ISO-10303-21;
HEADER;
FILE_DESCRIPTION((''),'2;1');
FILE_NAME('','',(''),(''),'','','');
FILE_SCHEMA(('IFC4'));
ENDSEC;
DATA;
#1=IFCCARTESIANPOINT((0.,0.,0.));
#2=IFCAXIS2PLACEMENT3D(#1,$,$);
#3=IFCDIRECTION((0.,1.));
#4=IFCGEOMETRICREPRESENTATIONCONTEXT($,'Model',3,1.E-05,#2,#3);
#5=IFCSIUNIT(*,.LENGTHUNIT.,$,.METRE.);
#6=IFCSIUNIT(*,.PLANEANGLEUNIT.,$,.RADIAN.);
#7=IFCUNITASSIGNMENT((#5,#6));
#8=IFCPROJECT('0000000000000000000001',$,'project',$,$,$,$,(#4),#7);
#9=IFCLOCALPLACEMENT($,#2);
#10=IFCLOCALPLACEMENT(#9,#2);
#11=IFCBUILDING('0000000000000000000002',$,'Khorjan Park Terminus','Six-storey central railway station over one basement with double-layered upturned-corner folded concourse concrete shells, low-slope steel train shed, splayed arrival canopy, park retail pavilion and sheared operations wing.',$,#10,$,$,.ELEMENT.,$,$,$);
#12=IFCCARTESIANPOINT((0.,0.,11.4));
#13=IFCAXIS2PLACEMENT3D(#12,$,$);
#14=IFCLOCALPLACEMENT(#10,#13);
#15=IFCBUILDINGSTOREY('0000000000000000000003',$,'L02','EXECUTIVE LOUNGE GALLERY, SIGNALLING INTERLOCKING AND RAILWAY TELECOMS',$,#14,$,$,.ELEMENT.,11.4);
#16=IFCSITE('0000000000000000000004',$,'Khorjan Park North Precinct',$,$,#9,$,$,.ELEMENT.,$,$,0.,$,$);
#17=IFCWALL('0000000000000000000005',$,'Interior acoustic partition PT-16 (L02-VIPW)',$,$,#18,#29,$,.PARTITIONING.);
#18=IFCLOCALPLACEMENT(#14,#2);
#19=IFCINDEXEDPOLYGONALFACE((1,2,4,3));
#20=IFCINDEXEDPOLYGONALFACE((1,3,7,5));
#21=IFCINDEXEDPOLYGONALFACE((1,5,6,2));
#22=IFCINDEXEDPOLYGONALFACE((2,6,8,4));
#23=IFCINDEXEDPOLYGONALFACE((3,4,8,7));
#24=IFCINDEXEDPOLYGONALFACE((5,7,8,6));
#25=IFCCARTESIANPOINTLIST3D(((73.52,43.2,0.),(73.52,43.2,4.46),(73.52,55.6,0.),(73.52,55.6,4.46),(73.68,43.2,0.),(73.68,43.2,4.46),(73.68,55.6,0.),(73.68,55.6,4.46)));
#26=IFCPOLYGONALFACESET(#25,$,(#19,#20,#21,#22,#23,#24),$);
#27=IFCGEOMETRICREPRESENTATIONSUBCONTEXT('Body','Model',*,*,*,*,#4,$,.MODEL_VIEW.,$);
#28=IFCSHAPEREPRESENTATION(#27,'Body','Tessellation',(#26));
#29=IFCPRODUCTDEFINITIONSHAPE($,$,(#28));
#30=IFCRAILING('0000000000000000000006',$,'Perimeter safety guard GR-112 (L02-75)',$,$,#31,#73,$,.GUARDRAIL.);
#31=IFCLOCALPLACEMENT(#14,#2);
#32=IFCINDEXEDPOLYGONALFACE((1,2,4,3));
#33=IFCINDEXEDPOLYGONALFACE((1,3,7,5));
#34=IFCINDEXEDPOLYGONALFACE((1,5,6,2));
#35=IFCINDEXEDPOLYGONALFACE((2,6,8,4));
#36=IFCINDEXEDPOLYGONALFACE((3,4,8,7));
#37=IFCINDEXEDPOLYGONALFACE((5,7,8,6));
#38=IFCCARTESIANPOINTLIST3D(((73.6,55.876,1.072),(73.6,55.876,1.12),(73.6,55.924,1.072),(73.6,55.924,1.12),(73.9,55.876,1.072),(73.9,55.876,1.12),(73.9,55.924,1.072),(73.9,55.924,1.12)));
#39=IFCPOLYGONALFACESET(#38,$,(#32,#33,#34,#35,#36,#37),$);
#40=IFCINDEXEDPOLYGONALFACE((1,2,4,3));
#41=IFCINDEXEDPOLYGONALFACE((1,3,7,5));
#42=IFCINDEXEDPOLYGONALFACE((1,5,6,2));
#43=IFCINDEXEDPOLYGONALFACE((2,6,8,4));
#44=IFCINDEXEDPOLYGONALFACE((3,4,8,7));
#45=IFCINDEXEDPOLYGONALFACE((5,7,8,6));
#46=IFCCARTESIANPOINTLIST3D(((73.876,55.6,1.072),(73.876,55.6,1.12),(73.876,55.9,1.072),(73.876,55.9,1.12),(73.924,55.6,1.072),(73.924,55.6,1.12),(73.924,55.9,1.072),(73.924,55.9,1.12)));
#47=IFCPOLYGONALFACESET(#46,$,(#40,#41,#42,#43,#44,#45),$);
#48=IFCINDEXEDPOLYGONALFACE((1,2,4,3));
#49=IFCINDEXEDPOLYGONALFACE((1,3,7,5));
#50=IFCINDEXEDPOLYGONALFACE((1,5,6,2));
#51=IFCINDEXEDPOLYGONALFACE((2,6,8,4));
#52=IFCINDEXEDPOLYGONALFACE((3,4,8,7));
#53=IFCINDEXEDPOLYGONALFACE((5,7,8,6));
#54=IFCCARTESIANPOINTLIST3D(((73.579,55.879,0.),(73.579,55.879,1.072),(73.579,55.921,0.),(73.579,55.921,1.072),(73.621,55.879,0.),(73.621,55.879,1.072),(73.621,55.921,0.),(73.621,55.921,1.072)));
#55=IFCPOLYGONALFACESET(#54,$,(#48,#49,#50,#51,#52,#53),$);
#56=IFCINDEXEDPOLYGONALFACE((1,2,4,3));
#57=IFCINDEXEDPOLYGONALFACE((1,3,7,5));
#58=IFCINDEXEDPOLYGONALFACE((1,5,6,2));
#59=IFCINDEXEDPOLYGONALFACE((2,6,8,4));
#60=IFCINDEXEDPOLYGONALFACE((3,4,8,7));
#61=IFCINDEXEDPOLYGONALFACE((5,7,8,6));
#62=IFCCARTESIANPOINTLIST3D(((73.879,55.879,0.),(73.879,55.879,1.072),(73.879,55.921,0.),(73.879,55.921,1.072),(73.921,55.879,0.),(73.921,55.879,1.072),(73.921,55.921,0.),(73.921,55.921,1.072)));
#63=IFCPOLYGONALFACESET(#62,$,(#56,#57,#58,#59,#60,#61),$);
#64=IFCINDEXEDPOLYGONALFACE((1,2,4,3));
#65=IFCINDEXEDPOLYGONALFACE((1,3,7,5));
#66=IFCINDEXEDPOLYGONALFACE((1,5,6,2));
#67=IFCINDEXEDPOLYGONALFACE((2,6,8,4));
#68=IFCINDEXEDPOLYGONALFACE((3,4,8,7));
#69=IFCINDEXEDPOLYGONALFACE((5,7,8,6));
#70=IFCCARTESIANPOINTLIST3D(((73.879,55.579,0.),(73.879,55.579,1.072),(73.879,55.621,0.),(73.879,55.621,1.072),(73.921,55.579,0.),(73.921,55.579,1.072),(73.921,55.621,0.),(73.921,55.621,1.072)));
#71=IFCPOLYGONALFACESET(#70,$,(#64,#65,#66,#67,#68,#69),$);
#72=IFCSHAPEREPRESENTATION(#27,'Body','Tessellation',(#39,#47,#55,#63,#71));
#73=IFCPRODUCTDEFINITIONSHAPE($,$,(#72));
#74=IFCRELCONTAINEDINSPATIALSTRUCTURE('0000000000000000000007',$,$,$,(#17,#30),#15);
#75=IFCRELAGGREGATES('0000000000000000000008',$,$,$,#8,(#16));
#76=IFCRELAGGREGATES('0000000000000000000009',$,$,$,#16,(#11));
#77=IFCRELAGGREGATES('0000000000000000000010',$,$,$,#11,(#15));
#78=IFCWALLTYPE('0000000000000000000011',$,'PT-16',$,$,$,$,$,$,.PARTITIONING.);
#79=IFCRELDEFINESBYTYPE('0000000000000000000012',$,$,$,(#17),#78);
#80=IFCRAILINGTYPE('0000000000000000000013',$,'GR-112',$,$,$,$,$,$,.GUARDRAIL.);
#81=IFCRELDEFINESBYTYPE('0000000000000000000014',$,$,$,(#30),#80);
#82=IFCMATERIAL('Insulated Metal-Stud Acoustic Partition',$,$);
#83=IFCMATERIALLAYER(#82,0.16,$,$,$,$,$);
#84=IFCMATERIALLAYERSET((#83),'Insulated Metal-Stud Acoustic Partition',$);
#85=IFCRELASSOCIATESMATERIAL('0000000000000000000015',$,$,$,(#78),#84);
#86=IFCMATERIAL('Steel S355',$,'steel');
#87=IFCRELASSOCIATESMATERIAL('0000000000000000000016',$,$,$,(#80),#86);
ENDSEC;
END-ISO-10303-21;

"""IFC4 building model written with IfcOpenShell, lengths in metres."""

from ifc_helpers import new_model, si_unit, direction, frame, frame_2d, origin, origin_2d, place, context, subcontext, project, spatial, rectangle, extrude, material, layer, layer_set, type_object, element, save


model = new_model("IFC4")

# Units and contexts
model_context = context("Model", 3, precision=1e-05, world=origin(), true_north=direction((0.0, 1.0)))
body_context = subcontext(model_context, "Body", "Model", "MODEL_VIEW")
ifc_project = project(units=[si_unit("LENGTHUNIT", "METRE"), si_unit("PLANEANGLEUNIT", "RADIAN")], contexts=[model_context])

# Site, building, storey
site_placement = place(None, origin())
site = spatial("IfcSite", under=ifc_project, at=site_placement, Name="Khorjan Park North Precinct", CompositionType="ELEMENT", RefElevation=0.0)
building_placement = place(site_placement, origin())
building = spatial("IfcBuilding", under=site, at=building_placement, Name="Khorjan Park Terminus", Description="Six-storey central railway station over one basement with double-layered upturned-corner folded concourse concrete shells, low-slope steel train shed, splayed arrival canopy, park retail pavilion and sheared operations wing.", CompositionType="ELEMENT")
storey_placement = place(building_placement, frame((0.0, 0.0, 11.4)))
storey = spatial("IfcBuildingStorey", under=building, at=storey_placement, Name="L02", Description="EXECUTIVE LOUNGE GALLERY, SIGNALLING INTERLOCKING AND RAILWAY TELECOMS", CompositionType="ELEMENT", Elevation=11.4)

# Shared definitions
ifc_material_1 = material(Name="Steel S355", Category="steel")

# Wall
ifc_material_2 = material(Name="Insulated Metal-Stud Acoustic Partition")
ifc_layer_1 = layer(ifc_material_2, 0.16)
ifc_layer_set_1 = layer_set([ifc_layer_1], Name="Insulated Metal-Stud Acoustic Partition")
wall_type = type_object("IfcWallType", Name="PT-16", PredefinedType="PARTITIONING", material=ifc_layer_set_1)
wall_placement = place(storey_placement, frame((73.6, 55.6, 0.0), z_axis=(0.0, 0.0, 1.0), x_axis=(0.0, -1.0, 0.0)))
element("IfcWall", 1, at=wall_placement, inside=storey, type_object=wall_type, Name="Interior acoustic partition PT-16 (L02-VIPW)", PredefinedType="PARTITIONING", context=body_context, shape_type="SweptSolid", body=[
    extrude(rectangle(XDim=12.4, YDim=0.16, at=frame_2d((6.2, 0.0))), origin(), (0.0, 0.0, 1.0), 4.46),
])

# Railing
railing_type = type_object("IfcRailingType", Name="GR-112", PredefinedType="GUARDRAIL", material=ifc_material_1)
railing_placement = place(storey_placement, frame((73.6, 55.9, 0.0)))
element("IfcRailing", 2, at=railing_placement, inside=storey, type_object=railing_type, Name="Perimeter safety guard GR-112 (L02-75)", PredefinedType="GUARDRAIL", context=body_context, shape_type="SweptSolid", body=[
    extrude(rectangle(XDim=0.048, YDim=0.048, at=origin_2d()), frame((0.0, 0.0, 1.096), z_axis=(1.0, 0.0, 0.0), x_axis=(0.0, 1.0, 0.0)), (0.0, 0.0, 1.0), 0.3),
    extrude(rectangle(XDim=0.048, YDim=0.048, at=origin_2d()), frame((0.3, 0.0, 1.096), z_axis=(0.0, -1.0, 0.0), x_axis=(1.0, 0.0, 0.0)), (0.0, 0.0, 1.0), 0.3),
    extrude(rectangle(XDim=0.042, YDim=0.042, at=origin_2d()), origin(), (0.0, 0.0, 1.0), 1.072),
    extrude(rectangle(XDim=0.042, YDim=0.042, at=origin_2d()), frame((0.3, 0.0, 0.0)), (0.0, 0.0, 1.0), 1.072),
    extrude(rectangle(XDim=0.042, YDim=0.042, at=origin_2d()), frame((0.3, -0.3, 0.0)), (0.0, 0.0, 1.0), 1.072),
])

save(model, "model.ifc")
